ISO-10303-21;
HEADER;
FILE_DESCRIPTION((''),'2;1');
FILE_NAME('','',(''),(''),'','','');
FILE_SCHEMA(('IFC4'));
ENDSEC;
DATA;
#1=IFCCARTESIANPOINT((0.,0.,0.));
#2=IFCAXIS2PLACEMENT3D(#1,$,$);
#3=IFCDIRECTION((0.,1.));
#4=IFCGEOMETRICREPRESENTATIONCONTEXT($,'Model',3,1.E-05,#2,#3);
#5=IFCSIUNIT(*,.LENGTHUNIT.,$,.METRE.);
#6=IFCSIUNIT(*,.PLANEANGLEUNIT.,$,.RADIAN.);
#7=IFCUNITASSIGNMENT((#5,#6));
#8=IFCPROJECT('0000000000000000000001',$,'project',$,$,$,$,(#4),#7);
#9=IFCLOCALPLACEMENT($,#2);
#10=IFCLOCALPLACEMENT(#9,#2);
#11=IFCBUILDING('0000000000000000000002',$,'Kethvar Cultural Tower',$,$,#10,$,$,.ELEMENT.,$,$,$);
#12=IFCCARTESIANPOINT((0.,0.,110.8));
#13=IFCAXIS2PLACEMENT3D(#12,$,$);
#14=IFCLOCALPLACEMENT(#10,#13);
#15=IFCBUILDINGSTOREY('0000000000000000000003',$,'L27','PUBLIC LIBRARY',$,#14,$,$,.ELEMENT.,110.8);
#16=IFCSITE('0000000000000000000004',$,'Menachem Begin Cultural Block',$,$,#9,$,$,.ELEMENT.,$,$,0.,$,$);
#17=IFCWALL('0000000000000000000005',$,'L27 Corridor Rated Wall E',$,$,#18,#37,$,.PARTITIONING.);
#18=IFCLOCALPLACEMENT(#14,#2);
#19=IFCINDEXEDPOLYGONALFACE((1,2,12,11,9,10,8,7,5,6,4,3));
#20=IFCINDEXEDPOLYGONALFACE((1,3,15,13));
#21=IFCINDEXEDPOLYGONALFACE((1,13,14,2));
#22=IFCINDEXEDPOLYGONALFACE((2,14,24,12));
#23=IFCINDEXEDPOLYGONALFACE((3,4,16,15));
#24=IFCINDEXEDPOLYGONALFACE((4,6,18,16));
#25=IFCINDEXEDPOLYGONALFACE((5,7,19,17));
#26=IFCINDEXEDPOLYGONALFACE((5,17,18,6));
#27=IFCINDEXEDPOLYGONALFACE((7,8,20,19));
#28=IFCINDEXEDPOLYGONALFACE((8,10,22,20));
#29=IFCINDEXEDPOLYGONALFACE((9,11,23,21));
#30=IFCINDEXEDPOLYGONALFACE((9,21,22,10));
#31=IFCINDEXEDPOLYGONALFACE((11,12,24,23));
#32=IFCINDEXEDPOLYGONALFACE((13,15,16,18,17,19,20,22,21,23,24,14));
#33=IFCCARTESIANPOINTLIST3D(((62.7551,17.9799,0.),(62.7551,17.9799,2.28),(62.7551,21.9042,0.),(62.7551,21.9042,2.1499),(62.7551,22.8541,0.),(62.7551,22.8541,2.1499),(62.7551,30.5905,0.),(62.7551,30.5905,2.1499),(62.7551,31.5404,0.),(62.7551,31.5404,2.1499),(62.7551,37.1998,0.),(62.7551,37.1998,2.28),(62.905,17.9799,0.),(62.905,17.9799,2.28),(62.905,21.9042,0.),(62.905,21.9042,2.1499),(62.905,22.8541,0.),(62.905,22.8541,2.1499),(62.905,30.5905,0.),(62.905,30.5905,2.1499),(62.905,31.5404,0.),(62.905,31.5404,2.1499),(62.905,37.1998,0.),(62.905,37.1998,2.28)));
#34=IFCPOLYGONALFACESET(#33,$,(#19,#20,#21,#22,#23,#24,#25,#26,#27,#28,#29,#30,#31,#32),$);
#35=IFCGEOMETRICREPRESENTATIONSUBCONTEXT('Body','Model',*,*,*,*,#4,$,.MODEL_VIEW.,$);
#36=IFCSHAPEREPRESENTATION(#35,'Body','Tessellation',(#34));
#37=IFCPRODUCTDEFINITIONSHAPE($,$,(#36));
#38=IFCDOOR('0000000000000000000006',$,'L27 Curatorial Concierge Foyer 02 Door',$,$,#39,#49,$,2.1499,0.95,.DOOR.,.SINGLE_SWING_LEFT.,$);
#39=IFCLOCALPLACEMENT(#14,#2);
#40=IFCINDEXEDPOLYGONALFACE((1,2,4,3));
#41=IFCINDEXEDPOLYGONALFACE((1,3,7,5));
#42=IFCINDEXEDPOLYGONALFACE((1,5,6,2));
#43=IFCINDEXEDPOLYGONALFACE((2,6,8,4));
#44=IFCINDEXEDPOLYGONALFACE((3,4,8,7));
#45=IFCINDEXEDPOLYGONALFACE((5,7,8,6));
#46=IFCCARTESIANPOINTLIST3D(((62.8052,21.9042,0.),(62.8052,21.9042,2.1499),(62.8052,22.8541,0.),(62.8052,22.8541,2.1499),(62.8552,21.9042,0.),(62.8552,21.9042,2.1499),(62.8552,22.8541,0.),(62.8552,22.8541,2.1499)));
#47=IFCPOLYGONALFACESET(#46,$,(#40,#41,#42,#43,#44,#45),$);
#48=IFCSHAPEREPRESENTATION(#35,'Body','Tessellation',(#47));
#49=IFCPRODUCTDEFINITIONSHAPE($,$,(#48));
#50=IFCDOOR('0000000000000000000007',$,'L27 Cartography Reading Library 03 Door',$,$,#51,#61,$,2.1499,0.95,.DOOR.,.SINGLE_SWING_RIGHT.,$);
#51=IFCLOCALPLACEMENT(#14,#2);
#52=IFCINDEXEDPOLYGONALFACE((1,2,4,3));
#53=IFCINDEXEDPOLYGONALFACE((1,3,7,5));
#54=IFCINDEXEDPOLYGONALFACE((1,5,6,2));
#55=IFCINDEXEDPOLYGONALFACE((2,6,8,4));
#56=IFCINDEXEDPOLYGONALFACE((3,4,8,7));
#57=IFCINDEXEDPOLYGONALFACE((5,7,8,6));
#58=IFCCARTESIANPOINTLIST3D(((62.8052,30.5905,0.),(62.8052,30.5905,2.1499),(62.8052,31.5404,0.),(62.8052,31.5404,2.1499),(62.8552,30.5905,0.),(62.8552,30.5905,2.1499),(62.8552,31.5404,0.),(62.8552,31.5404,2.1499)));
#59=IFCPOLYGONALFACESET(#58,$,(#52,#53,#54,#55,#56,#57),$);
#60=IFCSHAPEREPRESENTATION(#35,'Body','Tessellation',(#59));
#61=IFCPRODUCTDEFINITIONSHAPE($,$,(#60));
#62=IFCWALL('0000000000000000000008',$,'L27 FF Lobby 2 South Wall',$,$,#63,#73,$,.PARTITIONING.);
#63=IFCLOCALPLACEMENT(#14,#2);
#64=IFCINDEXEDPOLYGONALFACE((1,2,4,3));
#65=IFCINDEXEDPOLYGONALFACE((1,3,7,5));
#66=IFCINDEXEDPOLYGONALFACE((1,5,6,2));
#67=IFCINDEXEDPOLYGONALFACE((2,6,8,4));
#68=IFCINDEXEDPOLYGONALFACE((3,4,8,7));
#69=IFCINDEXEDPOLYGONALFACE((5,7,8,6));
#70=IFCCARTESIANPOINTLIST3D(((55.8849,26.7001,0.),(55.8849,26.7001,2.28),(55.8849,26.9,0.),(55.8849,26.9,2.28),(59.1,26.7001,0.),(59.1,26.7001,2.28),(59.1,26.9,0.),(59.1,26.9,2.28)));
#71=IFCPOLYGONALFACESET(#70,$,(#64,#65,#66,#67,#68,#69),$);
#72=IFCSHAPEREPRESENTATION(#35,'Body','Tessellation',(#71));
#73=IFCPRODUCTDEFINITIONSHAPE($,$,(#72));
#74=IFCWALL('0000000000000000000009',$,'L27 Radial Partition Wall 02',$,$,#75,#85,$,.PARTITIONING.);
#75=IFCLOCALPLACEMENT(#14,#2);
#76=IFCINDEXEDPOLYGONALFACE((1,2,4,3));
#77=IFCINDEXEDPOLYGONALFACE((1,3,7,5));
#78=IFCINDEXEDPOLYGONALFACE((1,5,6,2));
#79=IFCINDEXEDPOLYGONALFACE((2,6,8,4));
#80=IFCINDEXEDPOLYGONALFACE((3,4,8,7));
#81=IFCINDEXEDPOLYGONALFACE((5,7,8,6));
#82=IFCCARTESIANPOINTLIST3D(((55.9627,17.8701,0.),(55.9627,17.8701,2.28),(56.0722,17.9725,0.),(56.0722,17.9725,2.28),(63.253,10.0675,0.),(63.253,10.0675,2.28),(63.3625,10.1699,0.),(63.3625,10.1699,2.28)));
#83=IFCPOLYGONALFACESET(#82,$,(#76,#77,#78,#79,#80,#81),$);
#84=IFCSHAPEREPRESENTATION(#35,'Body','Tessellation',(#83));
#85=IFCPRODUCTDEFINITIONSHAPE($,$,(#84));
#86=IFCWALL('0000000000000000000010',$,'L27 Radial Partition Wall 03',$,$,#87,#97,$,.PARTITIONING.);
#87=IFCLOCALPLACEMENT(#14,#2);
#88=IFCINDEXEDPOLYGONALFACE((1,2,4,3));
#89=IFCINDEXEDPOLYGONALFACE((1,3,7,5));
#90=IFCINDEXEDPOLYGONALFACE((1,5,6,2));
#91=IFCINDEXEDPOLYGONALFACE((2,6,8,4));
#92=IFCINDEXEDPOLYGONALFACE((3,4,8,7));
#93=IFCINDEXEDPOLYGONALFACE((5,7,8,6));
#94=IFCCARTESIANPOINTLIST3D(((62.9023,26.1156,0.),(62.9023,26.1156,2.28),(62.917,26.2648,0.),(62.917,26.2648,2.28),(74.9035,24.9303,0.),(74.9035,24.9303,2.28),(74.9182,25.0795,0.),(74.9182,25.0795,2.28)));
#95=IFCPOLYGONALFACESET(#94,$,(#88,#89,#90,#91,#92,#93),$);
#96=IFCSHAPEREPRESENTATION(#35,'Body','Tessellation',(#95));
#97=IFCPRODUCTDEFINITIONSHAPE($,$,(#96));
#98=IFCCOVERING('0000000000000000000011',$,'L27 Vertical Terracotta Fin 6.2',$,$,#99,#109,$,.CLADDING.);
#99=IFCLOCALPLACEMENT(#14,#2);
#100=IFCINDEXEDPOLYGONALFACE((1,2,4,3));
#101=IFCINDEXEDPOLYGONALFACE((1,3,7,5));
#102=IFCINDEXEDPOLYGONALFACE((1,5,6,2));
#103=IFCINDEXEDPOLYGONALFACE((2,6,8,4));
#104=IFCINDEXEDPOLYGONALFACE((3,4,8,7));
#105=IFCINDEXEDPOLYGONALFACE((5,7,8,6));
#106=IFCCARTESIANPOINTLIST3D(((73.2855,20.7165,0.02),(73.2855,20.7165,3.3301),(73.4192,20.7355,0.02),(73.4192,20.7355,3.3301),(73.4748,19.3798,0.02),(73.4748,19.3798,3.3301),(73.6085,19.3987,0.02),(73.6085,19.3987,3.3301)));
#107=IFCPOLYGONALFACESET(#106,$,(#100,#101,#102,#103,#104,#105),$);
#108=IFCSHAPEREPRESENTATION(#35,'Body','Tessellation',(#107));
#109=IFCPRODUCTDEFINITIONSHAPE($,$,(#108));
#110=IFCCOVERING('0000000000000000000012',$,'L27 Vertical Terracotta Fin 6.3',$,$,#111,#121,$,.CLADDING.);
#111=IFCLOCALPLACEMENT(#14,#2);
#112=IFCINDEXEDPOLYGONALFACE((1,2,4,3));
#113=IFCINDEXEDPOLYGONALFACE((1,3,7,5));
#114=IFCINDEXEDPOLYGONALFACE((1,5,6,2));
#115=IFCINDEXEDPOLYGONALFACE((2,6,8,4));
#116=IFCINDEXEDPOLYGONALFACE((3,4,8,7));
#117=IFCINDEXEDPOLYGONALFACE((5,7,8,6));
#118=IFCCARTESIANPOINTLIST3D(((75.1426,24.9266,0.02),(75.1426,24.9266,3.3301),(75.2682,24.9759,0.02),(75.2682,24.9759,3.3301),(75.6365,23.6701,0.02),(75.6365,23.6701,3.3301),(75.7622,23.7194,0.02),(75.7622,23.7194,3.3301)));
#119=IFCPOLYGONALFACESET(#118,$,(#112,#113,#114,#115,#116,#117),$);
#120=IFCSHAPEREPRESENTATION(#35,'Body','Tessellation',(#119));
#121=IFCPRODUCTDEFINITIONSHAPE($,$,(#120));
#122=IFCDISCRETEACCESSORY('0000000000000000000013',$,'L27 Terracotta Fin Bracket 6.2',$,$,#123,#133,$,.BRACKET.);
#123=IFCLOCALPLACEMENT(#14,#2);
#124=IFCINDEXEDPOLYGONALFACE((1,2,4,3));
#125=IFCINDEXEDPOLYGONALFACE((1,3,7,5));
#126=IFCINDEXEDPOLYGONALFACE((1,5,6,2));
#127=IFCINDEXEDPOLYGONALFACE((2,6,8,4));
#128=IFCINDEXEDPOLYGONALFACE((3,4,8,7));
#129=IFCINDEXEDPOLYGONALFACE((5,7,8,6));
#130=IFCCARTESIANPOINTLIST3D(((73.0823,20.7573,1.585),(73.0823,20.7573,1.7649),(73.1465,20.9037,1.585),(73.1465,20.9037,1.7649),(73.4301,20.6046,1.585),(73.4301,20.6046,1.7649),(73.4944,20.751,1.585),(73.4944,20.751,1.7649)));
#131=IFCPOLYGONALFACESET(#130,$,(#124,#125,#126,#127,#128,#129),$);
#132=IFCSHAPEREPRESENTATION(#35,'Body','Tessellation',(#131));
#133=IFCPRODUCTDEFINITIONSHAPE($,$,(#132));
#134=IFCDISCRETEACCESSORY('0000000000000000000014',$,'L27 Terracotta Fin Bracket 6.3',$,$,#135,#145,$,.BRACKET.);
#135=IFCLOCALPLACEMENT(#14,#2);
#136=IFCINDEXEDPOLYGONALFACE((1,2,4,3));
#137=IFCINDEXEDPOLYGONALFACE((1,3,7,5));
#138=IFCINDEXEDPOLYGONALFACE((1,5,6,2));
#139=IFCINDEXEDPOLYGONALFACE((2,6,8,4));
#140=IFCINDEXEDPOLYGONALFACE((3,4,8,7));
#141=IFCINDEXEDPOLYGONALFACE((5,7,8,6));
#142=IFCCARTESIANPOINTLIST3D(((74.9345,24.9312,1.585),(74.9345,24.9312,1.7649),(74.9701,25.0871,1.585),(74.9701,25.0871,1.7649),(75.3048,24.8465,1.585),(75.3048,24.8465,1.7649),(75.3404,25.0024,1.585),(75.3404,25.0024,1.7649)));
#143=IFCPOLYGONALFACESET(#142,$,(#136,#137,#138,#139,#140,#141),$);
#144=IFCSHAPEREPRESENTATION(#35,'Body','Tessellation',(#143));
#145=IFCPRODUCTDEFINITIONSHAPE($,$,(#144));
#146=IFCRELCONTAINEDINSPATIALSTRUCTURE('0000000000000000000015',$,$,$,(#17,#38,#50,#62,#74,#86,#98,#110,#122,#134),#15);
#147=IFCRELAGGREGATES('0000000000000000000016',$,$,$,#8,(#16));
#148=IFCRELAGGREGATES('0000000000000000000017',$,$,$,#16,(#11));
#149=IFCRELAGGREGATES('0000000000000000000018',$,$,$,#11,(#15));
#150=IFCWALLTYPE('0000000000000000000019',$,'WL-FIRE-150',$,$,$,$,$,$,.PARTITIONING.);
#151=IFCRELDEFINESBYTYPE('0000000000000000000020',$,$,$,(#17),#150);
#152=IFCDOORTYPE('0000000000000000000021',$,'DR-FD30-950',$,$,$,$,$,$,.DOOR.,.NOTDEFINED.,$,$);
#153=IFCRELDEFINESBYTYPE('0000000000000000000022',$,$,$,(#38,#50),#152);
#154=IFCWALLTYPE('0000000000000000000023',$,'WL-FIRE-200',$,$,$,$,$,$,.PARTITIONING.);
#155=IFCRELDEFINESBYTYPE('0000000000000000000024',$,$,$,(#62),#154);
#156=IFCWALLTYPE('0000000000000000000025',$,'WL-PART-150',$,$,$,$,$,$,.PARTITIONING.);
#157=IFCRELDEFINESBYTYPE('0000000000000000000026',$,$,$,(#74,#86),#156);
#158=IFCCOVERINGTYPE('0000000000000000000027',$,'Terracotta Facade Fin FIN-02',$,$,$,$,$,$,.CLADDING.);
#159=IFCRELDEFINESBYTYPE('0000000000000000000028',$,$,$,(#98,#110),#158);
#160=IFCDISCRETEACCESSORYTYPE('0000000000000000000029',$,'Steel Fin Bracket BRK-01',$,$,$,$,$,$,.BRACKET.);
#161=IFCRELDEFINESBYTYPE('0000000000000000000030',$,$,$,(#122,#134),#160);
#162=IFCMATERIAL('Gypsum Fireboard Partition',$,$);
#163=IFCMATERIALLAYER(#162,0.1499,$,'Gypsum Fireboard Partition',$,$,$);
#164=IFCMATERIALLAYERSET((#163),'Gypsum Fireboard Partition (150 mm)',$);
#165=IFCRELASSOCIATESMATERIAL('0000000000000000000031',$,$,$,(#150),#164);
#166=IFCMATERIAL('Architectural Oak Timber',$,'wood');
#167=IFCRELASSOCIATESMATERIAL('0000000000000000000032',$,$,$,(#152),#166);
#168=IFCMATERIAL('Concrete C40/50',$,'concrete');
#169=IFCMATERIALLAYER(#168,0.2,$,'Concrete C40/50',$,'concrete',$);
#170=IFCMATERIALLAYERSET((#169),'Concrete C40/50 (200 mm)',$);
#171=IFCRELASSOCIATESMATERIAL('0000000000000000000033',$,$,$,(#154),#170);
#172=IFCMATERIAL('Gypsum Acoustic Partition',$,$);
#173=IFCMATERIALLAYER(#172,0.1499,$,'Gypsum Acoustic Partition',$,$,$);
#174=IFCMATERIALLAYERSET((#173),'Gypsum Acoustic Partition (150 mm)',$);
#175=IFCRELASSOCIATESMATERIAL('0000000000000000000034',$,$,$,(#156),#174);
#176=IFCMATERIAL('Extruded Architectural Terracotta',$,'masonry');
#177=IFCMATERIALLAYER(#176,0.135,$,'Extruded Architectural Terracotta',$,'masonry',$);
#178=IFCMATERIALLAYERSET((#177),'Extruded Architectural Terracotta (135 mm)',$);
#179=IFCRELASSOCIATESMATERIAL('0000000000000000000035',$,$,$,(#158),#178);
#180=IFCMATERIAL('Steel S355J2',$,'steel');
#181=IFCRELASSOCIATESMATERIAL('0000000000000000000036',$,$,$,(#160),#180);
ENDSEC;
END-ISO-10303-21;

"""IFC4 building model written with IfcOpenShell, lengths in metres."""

from ifc_helpers import new_model, si_unit, direction, frame, frame_2d, origin, origin_2d, place, context, subcontext, project, spatial, rectangle, extrude, source, transform, mapped, material, layer, layer_set, type_object, element, fill, save


model = new_model("IFC4")

# Units and contexts
model_context = context("Model", 3, precision=1e-05, world=origin(), true_north=direction((0.0, 1.0)))
body_context = subcontext(model_context, "Body", "Model", "MODEL_VIEW")
ifc_project = project(units=[si_unit("LENGTHUNIT", "METRE"), si_unit("PLANEANGLEUNIT", "RADIAN")], contexts=[model_context])

# Site, building, storey
site_placement = place(None, origin())
site = spatial("IfcSite", under=ifc_project, at=site_placement, Name="Menachem Begin Cultural Block", CompositionType="ELEMENT", RefElevation=0.0)
building_placement = place(site_placement, origin())
building = spatial("IfcBuilding", under=site, at=building_placement, Name="Kethvar Cultural Tower", CompositionType="ELEMENT")
storey_placement = place(building_placement, frame((0.0, 0.0, 110.8)))
storey = spatial("IfcBuildingStorey", under=building, at=storey_placement, Name="L27", Description="PUBLIC LIBRARY", CompositionType="ELEMENT", Elevation=110.8)

# Shared definitions
ifc_material_1 = material(Name="Steel S355J2", Category="steel")

# Wall, openings, doors
ifc_material_2 = material(Name="Gypsum Fireboard Partition")
ifc_layer_1 = layer(ifc_material_2, 0.1499, Name="Gypsum Fireboard Partition")
ifc_layer_set_1 = layer_set([ifc_layer_1], Name="Gypsum Fireboard Partition (150 mm)")
wall_type_1 = type_object("IfcWallType", Name="WL-FIRE-150", PredefinedType="PARTITIONING", material=ifc_layer_set_1)
wall_1_placement = place(storey_placement, frame((62.8301, 17.98, 0.0), z_axis=(0.0, 0.0, 1.0), x_axis=(0.0, 1.0, 0.0)))
wall_1 = element("IfcWall", 1, at=wall_1_placement, inside=storey, type_object=wall_type_1, Name="L27 Corridor Rated Wall E", PredefinedType="PARTITIONING", context=body_context, shape_type="SweptSolid", body=[
    extrude(rectangle(XDim=19.22, YDim=0.1499, at=frame_2d((9.6099, 0.0))), origin(), (0.0, 0.0, 1.0), 2.28),
])
opening_1_placement = place(wall_1_placement, frame((3.9241, 0.0, 0.0)))
opening_1 = element("IfcOpeningElement", 2, at=opening_1_placement, cuts=wall_1, PredefinedType="OPENING", context=body_context, shape_type="SweptSolid", body=[
    extrude(rectangle(XDim=0.95, YDim=2.1499, at=frame_2d((0.4751, 1.075))), frame((0.0, 0.085, 0.0), z_axis=(0.0, -1.0, 0.0), x_axis=(1.0, 0.0, 0.0)), (0.0, 0.0, 1.0), 0.1699),
])
opening_2_placement = place(wall_1_placement, frame((12.6104, 0.0, 0.0)))
opening_2 = element("IfcOpeningElement", 3, at=opening_2_placement, cuts=wall_1, PredefinedType="OPENING", context=body_context, shape_type="SweptSolid", body=[
    extrude(rectangle(XDim=0.95, YDim=2.1499, at=frame_2d((0.4751, 1.075))), frame((0.0, 0.085, 0.0), z_axis=(0.0, -1.0, 0.0), x_axis=(1.0, 0.0, 0.0)), (0.0, 0.0, 1.0), 0.1699),
])
ifc_material_3 = material(Name="Architectural Oak Timber", Category="wood")
door_type_1 = type_object("IfcDoorType", Name="DR-FD30-950", OperationType="NOTDEFINED", PredefinedType="DOOR", material=ifc_material_3)
shared_shape_1 = source(origin(), body_context, "Body", "SweptSolid", [
    extrude(rectangle(XDim=0.95, YDim=2.1499, at=frame_2d((0.4751, 1.075))), frame((0.0, 0.0249, 0.0), z_axis=(0.0, -1.0, 0.0), x_axis=(1.0, 0.0, 0.0)), (0.0, 0.0, 1.0), 0.05),
])
door_1_placement = place(opening_1_placement, origin())
door_1 = element("IfcDoor", 4, at=door_1_placement, inside=storey, type_object=door_type_1, Name="L27 Curatorial Concierge Foyer 02 Door", OperationType="SINGLE_SWING_LEFT", OverallHeight=2.1499, OverallWidth=0.95, PredefinedType="DOOR", context=body_context, shape_type="MappedRepresentation", body=[
    mapped(shared_shape_1, transform((0.0, 0.0, 0.0), scale=1.0)),
])
fill(opening_1, door_1)
door_2_placement = place(opening_2_placement, origin())
door_2 = element("IfcDoor", 5, at=door_2_placement, inside=storey, type_object=door_type_1, Name="L27 Cartography Reading Library 03 Door", OperationType="SINGLE_SWING_RIGHT", OverallHeight=2.1499, OverallWidth=0.95, PredefinedType="DOOR", context=body_context, shape_type="MappedRepresentation", body=[
    mapped(shared_shape_1, transform((0.0, 0.0, 0.0), scale=1.0)),
])
fill(opening_2, door_2)

# Shared definitions
ifc_material_4 = material(Name="Concrete C40/50", Category="concrete")
ifc_layer_2 = layer(ifc_material_4, 0.2, Name="Concrete C40/50", Category="concrete")
ifc_layer_set_2 = layer_set([ifc_layer_2], Name="Concrete C40/50 (200 mm)")
wall_type_2 = type_object("IfcWallType", Name="WL-FIRE-200", PredefinedType="PARTITIONING", material=ifc_layer_set_2)

# Walls
wall_2_placement = place(storey_placement, frame((55.885, 26.8, 0.0), z_axis=(0.0, 0.0, 1.0), x_axis=(1.0, 0.0, 0.0)))
element("IfcWall", 6, at=wall_2_placement, inside=storey, type_object=wall_type_2, Name="L27 FF Lobby 2 South Wall", PredefinedType="PARTITIONING", context=body_context, shape_type="SweptSolid", body=[
    extrude(rectangle(XDim=3.2151, YDim=0.2, at=frame_2d((1.6074, 0.0))), origin(), (0.0, 0.0, 1.0), 2.28),
])
ifc_material_5 = material(Name="Gypsum Acoustic Partition")
ifc_layer_3 = layer(ifc_material_5, 0.1499, Name="Gypsum Acoustic Partition")
ifc_layer_set_3 = layer_set([ifc_layer_3], Name="Gypsum Acoustic Partition (150 mm)")
wall_type_3 = type_object("IfcWallType", Name="WL-PART-150", PredefinedType="PARTITIONING", material=ifc_layer_set_3)
wall_3_placement = place(storey_placement, frame((56.0173, 17.9214, 0.0), z_axis=(0.0, 0.0, 1.0), x_axis=(0.682716, -0.730683, 0.0)))
element("IfcWall", 7, at=wall_3_placement, inside=storey, type_object=wall_type_3, Name="L27 Radial Partition Wall 02", PredefinedType="PARTITIONING", context=body_context, shape_type="SweptSolid", body=[
    extrude(rectangle(XDim=10.6785, YDim=0.1499, at=frame_2d((5.3394, 0.0))), origin(), (0.0, 0.0, 1.0), 2.28),
])
wall_4_placement = place(storey_placement, frame((62.9097, 26.1902, 0.0), z_axis=(0.0, 0.0, 1.0), x_axis=(0.995158, -0.098287, 0.0)))
element("IfcWall", 8, at=wall_4_placement, inside=storey, type_object=wall_type_3, Name="L27 Radial Partition Wall 03", PredefinedType="PARTITIONING", context=body_context, shape_type="SweptSolid", body=[
    extrude(rectangle(XDim=12.0596, YDim=0.1499, at=frame_2d((6.0298, 0.0))), origin(), (0.0, 0.0, 1.0), 2.28),
])

# Coverings
ifc_material_6 = material(Name="Extruded Architectural Terracotta", Category="masonry")
ifc_layer_4 = layer(ifc_material_6, 0.135, Name="Extruded Architectural Terracotta", Category="masonry")
ifc_layer_set_4 = layer_set([ifc_layer_4], Name="Extruded Architectural Terracotta (135 mm)")
covering_type = type_object("IfcCoveringType", Name="Terracotta Facade Fin FIN-02", PredefinedType="CLADDING", material=ifc_layer_set_4)
shared_shape_2 = source(origin(), body_context, "Body", "SweptSolid", [
    extrude(rectangle(XDim=1.3501, YDim=0.135, at=origin_2d()), origin(), (0.0, 0.0, 1.0), 3.3101),
])
for number, where, z_axis, x_axis, name in (
    (9, (73.447, 20.0576, 0.02), (0.0, 0.0, 1.0), (0.14021, -0.990122, 0.0), "L27 Vertical Terracotta Fin 6.2"),
    (10, (75.4524, 24.323, 0.02), (0.0, 0.0, 1.0), (0.365852, -0.930673, 0.0), "L27 Vertical Terracotta Fin 6.3"),
):
    element("IfcCovering", number, at=place(storey_placement, frame(where, z_axis=z_axis, x_axis=x_axis)), inside=storey, type_object=covering_type, Name=name, PredefinedType="CLADDING", context=body_context, shape_type="MappedRepresentation", body=[
        mapped(shared_shape_2, transform((0.0, 0.0, 0.0), scale=1.0)),
    ])

# Discrete accessories
discrete_accessory_type = type_object("IfcDiscreteAccessoryType", Name="Steel Fin Bracket BRK-01", PredefinedType="BRACKET", material=ifc_material_1)
shared_shape_3 = source(origin(), body_context, "Body", "SweptSolid", [
    extrude(rectangle(XDim=0.3799, YDim=0.1599, at=origin_2d()), origin(), (0.0, 0.0, 1.0), 0.1799),
])
for number, where, z_axis, x_axis, name in (
    (11, (73.2883, 20.7542, 1.585), (0.0, 0.0, 1.0), (0.915663, -0.401948, 0.0), "L27 Terracotta Fin Bracket 6.2"),
    (12, (75.1375, 24.9668, 1.585), (0.0, 0.0, 1.0), (0.974839, -0.22291, 0.0), "L27 Terracotta Fin Bracket 6.3"),
):
    element("IfcDiscreteAccessory", number, at=place(storey_placement, frame(where, z_axis=z_axis, x_axis=x_axis)), inside=storey, type_object=discrete_accessory_type, Name=name, PredefinedType="BRACKET", context=body_context, shape_type="MappedRepresentation", body=[
        mapped(shared_shape_3, transform((0.0, 0.0, 0.0), scale=1.0)),
    ])

save(model, "model.ifc")
